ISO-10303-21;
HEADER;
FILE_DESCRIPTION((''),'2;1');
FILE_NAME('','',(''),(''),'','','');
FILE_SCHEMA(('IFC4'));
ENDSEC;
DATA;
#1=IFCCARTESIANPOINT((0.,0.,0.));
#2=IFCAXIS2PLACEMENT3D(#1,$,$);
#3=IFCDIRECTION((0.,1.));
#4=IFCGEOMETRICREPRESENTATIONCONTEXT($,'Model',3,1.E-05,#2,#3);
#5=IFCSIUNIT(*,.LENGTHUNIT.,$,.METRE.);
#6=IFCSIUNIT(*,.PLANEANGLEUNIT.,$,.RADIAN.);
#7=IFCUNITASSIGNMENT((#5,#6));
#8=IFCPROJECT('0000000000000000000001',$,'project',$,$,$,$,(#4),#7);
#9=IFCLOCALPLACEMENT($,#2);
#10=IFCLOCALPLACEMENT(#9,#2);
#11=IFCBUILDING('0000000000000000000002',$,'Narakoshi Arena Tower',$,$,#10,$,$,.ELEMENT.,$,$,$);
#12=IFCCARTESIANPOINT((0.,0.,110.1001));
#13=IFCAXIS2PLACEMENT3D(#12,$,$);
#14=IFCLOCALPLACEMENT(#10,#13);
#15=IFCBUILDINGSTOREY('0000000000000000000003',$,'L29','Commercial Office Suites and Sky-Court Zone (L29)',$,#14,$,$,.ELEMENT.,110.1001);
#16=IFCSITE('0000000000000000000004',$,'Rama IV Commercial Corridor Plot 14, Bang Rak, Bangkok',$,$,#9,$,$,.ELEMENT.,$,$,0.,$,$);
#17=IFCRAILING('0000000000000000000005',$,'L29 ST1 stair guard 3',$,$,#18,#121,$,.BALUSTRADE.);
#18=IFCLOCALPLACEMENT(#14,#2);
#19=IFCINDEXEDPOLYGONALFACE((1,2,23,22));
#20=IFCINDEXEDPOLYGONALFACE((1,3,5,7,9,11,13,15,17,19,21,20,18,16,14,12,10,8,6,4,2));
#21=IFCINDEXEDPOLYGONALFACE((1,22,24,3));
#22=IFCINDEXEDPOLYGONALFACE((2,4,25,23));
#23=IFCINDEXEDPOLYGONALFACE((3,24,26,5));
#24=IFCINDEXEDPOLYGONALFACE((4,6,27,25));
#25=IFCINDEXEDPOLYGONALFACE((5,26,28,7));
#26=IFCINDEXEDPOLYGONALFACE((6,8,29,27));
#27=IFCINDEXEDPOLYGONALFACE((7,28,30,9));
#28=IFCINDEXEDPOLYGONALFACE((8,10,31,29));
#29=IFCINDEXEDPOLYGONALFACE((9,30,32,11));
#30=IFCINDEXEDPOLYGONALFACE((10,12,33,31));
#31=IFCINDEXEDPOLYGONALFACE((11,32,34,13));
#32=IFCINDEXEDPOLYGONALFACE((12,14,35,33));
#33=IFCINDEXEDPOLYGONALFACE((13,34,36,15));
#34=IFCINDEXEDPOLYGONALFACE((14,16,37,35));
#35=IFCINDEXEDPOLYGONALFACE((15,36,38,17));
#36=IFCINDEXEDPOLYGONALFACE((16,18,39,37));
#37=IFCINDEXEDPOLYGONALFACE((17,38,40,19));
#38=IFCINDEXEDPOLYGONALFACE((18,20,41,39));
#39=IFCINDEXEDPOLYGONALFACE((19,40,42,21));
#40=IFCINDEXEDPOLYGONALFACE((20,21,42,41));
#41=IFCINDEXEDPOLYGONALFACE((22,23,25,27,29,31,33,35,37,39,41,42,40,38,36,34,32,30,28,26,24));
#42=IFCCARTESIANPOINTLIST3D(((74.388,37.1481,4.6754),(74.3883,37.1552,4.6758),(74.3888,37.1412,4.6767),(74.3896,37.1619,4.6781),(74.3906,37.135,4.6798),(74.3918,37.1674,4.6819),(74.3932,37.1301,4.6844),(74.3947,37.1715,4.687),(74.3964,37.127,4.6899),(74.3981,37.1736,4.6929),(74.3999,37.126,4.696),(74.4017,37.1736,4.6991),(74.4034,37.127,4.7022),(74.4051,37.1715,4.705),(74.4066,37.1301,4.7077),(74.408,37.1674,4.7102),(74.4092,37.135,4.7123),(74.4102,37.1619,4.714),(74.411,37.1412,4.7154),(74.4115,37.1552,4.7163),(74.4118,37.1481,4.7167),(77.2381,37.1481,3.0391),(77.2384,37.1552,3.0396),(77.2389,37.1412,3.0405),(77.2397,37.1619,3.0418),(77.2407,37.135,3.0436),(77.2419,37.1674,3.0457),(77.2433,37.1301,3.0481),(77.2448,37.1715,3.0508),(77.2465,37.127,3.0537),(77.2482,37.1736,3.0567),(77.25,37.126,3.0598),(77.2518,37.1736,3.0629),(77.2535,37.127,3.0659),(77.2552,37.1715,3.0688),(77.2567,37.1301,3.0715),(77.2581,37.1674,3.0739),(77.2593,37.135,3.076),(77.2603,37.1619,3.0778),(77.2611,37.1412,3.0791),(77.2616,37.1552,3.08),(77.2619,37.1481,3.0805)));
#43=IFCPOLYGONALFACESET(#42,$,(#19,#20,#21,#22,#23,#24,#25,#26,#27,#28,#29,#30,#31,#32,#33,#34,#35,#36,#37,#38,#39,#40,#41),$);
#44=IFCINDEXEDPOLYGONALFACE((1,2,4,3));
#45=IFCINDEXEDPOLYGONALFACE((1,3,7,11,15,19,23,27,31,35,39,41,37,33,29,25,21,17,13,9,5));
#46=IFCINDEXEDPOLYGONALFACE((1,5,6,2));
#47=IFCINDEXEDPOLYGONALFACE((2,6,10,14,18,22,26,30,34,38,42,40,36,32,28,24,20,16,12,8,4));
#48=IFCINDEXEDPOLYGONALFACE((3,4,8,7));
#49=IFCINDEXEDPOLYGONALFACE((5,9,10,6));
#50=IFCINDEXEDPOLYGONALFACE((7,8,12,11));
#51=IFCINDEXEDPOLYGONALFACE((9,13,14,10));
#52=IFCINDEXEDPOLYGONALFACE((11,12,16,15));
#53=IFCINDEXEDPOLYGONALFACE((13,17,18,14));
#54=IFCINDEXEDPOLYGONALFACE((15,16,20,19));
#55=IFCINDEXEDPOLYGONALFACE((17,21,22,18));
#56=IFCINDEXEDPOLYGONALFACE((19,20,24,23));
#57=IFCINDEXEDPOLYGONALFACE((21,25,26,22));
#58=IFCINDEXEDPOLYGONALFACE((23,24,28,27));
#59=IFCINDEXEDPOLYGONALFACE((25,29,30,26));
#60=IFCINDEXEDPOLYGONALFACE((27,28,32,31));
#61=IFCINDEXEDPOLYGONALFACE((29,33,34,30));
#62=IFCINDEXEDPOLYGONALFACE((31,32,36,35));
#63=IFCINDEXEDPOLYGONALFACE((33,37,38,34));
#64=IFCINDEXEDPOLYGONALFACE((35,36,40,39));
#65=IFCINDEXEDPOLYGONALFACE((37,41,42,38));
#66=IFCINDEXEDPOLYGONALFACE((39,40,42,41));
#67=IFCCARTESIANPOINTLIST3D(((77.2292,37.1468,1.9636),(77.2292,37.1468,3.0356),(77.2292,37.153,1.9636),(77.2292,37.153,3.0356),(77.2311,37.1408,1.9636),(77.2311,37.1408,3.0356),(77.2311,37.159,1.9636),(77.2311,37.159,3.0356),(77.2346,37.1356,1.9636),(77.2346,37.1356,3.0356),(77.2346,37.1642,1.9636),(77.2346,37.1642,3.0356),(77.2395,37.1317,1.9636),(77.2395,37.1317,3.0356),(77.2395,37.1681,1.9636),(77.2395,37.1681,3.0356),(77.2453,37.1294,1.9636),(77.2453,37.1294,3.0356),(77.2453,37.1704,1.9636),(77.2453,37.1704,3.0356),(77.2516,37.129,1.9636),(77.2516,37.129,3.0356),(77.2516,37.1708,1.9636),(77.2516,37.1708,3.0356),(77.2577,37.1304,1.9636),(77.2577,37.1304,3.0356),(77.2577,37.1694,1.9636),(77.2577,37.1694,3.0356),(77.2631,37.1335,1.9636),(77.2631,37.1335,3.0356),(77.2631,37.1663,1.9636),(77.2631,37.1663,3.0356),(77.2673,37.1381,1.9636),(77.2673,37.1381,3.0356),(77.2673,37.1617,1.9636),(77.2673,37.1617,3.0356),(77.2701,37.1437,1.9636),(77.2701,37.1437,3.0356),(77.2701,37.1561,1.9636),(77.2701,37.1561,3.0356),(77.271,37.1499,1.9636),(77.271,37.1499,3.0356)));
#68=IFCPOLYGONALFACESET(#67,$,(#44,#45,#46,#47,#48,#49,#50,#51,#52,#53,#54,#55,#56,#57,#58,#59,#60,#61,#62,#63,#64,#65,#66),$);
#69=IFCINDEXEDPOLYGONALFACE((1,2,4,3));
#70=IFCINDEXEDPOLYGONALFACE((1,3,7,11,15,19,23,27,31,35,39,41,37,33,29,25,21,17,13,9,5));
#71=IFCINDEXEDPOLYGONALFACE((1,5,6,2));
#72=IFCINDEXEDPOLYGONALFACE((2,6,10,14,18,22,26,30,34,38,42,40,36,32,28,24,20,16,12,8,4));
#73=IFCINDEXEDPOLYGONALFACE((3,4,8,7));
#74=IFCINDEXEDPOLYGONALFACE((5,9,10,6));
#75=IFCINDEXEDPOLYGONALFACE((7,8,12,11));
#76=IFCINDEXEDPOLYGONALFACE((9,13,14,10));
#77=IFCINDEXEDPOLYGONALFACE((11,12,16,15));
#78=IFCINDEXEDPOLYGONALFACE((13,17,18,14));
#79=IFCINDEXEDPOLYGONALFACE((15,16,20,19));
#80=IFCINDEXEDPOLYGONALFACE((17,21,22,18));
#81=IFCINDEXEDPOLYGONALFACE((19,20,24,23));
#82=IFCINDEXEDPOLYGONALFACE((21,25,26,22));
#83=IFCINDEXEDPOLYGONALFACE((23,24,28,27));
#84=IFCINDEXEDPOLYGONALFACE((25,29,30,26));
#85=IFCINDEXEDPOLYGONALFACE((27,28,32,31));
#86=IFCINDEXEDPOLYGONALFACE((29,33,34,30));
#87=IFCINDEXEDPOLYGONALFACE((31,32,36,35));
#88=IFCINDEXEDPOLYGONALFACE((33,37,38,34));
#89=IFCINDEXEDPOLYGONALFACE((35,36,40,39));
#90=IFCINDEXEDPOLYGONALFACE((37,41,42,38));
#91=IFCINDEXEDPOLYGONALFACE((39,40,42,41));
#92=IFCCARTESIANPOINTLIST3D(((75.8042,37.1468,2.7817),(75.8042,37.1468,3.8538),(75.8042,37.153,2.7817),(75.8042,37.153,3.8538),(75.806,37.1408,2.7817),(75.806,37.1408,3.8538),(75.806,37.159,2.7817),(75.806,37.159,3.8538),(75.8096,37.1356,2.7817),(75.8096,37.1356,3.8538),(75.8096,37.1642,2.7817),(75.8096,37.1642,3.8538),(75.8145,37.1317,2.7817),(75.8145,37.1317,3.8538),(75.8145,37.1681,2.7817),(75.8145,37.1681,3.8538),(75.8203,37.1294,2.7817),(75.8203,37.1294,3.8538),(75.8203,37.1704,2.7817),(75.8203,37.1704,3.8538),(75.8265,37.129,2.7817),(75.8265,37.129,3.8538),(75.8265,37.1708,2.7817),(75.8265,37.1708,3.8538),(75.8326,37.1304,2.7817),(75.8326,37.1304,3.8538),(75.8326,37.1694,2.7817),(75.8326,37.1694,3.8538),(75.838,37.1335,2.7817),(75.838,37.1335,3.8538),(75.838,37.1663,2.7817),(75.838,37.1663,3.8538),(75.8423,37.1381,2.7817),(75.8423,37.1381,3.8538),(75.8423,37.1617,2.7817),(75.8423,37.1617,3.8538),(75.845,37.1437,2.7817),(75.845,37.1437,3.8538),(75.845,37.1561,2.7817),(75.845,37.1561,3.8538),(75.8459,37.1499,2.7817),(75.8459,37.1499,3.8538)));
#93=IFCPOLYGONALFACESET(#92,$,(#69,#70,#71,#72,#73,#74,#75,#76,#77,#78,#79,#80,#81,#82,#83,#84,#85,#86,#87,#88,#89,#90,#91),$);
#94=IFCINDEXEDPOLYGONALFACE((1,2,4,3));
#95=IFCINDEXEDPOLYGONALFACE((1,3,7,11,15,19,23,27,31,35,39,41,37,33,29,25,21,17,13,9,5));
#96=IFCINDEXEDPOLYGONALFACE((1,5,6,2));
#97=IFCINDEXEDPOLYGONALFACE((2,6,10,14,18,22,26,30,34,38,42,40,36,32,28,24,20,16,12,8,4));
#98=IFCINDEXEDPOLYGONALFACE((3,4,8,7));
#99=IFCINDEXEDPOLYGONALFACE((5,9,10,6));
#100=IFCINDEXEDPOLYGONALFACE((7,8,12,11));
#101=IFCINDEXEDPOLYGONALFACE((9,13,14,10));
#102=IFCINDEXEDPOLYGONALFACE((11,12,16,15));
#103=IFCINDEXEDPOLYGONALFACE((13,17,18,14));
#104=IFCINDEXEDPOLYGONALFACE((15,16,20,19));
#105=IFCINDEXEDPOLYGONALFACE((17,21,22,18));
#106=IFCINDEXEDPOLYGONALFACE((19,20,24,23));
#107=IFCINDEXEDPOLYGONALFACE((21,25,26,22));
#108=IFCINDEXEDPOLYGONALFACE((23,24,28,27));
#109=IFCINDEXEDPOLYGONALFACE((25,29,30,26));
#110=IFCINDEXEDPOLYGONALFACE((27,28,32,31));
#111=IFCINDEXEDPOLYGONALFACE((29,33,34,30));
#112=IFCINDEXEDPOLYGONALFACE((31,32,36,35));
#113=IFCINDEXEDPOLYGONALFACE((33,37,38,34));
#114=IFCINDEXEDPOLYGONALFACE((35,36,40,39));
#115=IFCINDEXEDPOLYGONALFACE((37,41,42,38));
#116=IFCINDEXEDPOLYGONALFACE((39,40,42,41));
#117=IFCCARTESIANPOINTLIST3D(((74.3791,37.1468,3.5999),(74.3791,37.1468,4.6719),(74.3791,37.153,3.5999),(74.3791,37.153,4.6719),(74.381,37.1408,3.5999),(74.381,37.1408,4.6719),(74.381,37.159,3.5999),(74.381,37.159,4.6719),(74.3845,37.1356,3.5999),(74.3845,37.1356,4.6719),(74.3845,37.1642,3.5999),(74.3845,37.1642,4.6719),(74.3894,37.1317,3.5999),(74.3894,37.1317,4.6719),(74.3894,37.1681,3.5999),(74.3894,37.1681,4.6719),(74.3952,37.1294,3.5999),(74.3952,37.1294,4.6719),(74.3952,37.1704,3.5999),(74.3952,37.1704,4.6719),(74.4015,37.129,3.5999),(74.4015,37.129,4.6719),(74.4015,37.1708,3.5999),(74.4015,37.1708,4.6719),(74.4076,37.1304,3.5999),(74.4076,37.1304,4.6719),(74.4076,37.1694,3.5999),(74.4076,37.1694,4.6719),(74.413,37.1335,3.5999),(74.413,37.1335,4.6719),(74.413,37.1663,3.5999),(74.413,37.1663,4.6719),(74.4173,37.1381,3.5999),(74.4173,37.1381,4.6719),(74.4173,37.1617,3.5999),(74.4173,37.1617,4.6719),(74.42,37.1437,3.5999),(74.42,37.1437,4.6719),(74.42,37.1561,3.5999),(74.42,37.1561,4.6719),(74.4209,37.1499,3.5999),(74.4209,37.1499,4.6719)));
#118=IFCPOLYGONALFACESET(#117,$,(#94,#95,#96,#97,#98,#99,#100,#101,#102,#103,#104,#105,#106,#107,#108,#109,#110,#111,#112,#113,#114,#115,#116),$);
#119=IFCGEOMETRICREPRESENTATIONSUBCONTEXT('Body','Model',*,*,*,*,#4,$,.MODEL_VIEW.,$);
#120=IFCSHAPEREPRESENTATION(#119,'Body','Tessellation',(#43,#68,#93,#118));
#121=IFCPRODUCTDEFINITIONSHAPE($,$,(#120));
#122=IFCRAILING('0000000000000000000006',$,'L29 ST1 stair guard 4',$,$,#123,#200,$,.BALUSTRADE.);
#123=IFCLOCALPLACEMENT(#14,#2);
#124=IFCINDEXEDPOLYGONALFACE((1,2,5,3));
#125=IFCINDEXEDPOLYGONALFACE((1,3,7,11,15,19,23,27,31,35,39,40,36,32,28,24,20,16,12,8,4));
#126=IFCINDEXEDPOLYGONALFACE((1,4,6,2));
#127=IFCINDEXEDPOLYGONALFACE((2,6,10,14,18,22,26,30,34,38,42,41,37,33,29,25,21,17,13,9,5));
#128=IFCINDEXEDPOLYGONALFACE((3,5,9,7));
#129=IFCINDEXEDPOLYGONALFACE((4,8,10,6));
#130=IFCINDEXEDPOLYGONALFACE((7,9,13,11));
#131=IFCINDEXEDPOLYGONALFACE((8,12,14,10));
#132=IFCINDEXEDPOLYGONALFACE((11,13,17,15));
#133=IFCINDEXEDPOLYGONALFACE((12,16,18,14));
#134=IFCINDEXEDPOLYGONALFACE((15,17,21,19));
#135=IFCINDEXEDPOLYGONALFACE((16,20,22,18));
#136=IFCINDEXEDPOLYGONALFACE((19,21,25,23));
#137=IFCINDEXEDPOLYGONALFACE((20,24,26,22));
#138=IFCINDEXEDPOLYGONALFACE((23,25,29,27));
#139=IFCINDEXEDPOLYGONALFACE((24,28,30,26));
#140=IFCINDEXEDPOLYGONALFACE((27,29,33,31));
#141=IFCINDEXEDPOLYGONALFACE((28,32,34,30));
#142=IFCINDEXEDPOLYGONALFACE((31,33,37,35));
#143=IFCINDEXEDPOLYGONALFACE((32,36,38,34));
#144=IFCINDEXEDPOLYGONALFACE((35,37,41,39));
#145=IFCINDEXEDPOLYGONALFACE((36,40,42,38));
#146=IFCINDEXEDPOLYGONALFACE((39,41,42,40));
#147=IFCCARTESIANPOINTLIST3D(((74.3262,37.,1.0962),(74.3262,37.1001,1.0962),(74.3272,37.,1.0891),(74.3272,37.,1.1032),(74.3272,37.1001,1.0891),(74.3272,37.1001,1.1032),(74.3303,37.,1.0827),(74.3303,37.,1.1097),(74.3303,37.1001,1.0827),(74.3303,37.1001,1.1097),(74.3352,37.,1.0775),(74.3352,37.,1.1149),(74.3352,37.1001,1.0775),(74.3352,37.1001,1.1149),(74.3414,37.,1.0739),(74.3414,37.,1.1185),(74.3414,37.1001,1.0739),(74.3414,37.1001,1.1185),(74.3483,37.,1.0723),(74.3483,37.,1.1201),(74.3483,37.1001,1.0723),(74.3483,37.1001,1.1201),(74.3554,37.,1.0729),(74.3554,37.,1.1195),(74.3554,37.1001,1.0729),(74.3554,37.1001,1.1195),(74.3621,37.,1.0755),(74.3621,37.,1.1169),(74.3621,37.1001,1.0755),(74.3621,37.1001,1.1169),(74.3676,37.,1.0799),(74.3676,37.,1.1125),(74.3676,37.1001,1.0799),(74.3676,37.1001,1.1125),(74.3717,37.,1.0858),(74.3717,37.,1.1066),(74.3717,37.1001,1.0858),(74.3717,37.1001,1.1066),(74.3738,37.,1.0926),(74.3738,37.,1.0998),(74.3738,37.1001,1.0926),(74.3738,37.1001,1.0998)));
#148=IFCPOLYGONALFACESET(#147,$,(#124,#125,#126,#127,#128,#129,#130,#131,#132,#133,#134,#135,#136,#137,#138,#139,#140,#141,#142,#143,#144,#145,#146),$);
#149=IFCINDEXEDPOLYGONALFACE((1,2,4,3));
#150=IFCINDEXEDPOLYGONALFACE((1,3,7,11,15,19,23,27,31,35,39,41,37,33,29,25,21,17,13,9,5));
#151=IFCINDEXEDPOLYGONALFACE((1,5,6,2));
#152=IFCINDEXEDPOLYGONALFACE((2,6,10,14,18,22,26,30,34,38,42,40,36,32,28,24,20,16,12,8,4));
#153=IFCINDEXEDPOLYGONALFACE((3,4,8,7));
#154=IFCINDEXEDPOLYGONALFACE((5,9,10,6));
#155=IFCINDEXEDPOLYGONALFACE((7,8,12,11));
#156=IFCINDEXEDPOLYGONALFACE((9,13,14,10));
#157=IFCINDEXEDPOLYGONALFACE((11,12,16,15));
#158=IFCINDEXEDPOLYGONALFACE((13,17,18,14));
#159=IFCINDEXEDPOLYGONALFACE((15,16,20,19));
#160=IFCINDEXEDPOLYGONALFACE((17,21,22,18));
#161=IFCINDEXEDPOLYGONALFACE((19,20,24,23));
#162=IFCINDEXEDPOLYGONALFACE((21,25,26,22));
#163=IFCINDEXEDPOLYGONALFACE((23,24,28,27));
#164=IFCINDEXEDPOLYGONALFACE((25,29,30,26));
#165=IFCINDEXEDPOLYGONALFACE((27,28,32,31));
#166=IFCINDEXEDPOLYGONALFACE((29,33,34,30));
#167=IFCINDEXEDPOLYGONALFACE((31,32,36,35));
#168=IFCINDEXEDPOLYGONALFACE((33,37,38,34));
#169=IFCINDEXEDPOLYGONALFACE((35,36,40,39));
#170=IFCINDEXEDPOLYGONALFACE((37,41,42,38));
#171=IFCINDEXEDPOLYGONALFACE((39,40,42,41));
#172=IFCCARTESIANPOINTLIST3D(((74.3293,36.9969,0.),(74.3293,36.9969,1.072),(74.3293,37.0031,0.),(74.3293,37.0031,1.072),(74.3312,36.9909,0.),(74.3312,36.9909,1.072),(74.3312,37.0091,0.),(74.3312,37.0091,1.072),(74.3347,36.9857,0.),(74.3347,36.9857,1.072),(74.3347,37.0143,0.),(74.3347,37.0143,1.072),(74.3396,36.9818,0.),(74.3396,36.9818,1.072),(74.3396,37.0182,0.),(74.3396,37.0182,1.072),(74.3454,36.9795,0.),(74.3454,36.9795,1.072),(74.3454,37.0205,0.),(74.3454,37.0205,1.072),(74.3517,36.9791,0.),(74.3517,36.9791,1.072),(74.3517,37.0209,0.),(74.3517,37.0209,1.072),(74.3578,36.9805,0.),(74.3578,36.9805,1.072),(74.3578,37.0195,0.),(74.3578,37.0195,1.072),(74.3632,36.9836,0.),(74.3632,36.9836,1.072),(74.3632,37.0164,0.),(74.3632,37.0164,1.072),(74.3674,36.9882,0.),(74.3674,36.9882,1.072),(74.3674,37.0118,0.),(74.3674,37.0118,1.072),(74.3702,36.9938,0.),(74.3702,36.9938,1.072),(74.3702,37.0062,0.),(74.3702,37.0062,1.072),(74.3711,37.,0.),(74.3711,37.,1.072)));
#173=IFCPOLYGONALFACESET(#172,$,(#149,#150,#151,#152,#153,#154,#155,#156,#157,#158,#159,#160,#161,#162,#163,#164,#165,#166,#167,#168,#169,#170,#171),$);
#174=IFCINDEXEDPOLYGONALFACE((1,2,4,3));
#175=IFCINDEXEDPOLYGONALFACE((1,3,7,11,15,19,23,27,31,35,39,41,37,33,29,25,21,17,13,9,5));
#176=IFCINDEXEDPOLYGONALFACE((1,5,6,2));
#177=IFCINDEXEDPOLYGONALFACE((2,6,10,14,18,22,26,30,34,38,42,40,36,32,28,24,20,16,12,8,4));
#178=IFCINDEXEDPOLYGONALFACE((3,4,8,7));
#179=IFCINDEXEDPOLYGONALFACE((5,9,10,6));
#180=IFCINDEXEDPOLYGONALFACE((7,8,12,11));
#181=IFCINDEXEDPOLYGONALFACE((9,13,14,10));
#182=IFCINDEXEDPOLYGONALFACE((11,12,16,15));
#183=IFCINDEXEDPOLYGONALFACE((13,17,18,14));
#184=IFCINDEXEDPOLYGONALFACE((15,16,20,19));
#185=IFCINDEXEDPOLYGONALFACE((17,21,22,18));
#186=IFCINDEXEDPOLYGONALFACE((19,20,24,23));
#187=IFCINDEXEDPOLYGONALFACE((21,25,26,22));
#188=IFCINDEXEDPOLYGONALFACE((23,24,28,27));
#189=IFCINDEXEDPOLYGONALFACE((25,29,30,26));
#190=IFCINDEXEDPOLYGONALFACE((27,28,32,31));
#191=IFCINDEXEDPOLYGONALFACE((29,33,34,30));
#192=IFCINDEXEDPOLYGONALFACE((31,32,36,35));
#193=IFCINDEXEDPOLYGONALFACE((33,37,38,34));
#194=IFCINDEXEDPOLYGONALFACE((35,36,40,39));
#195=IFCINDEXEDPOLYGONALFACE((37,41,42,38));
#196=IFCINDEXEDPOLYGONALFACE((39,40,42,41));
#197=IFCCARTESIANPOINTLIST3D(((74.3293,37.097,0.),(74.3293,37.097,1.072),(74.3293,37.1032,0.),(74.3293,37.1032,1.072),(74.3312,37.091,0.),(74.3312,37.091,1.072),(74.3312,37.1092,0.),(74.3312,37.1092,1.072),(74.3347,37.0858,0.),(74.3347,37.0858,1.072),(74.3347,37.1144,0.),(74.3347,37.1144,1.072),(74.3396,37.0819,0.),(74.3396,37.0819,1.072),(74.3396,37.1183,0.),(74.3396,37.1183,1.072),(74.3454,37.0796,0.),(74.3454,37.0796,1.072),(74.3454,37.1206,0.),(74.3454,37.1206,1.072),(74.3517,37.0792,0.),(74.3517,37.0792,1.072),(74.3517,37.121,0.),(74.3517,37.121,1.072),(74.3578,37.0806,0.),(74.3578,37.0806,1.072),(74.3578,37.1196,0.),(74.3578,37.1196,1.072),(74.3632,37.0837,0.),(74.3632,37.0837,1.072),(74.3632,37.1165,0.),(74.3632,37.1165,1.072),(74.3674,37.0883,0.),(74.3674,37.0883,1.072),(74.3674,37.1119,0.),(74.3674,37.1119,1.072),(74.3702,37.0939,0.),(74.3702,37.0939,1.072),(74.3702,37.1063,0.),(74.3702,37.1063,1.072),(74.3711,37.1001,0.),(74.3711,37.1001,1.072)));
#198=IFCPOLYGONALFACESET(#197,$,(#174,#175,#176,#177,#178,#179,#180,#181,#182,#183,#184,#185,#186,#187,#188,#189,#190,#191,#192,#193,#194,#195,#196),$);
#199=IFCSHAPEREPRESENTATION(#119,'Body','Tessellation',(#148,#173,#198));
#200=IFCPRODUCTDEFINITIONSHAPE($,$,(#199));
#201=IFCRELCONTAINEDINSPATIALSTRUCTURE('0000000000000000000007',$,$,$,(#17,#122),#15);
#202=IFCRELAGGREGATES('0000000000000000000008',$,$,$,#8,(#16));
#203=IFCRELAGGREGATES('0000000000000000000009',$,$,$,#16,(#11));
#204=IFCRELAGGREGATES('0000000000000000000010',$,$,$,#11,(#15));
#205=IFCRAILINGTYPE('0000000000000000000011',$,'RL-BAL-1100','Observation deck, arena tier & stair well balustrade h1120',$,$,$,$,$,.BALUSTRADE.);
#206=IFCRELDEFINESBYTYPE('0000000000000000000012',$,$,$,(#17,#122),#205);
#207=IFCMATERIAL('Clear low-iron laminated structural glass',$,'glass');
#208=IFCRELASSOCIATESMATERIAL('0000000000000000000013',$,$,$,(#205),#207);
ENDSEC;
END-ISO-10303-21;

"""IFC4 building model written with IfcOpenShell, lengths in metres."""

from ifc_helpers import new_model, si_unit, direction, frame, origin, origin_2d, place, context, subcontext, project, spatial, circle, extrude, material, type_object, element, save


model = new_model("IFC4")

# Units and contexts
model_context = context("Model", 3, precision=1e-05, world=origin(), true_north=direction((0.0, 1.0)))
body_context = subcontext(model_context, "Body", "Model", "MODEL_VIEW")
ifc_project = project(units=[si_unit("LENGTHUNIT", "METRE"), si_unit("PLANEANGLEUNIT", "RADIAN")], contexts=[model_context])

# Site, building, storey
site_placement = place(None, origin())
site = spatial("IfcSite", under=ifc_project, at=site_placement, Name="Rama IV Commercial Corridor Plot 14, Bang Rak, Bangkok", CompositionType="ELEMENT", RefElevation=0.0)
building_placement = place(site_placement, origin())
building = spatial("IfcBuilding", under=site, at=building_placement, Name="Narakoshi Arena Tower", CompositionType="ELEMENT")
storey_placement = place(building_placement, frame((0.0, 0.0, 110.1001)))
storey = spatial("IfcBuildingStorey", under=building, at=storey_placement, Name="L29", Description="Commercial Office Suites and Sky-Court Zone (L29)", CompositionType="ELEMENT", Elevation=110.1001)

# Railings
ifc_material_1 = material(Name="Clear low-iron laminated structural glass", Category="glass")
railing_type_1 = type_object("IfcRailingType", Name="RL-BAL-1100", Description="Observation deck, arena tier & stair well balustrade h1120", PredefinedType="BALUSTRADE", material=ifc_material_1)
railing_1_placement = place(storey_placement, frame((77.25, 37.1499, 1.9636)))
element("IfcRailing", 1, at=railing_1_placement, inside=storey, type_object=railing_type_1, Name="L29 ST1 stair guard 3", PredefinedType="BALUSTRADE", context=body_context, shape_type="SweptSolid", body=[
    extrude(circle(Radius=0.0239, at=origin_2d()), frame((0.0, 0.0, 1.0962), z_axis=(-0.867245, 0.0, 0.497882), x_axis=(0.0, -1.0, 0.0)), (0.0, 0.0, 1.0), 3.2864),
    extrude(circle(Radius=0.021, at=origin_2d()), origin(), (0.0, 0.0, 1.0), 1.072),
    extrude(circle(Radius=0.021, at=origin_2d()), frame((-1.425, 0.0, 0.8181)), (0.0, 0.0, 1.0), 1.072),
    extrude(circle(Radius=0.021, at=origin_2d()), frame((-2.8501, 0.0, 1.6362)), (0.0, 0.0, 1.0), 1.072),
])
railing_2_placement = place(storey_placement, frame((74.3501, 37.0, 0.0)))
element("IfcRailing", 2, at=railing_2_placement, inside=storey, type_object=railing_type_1, Name="L29 ST1 stair guard 4", PredefinedType="BALUSTRADE", context=body_context, shape_type="SweptSolid", body=[
    extrude(circle(Radius=0.0239, at=origin_2d()), frame((0.0, 0.0, 1.0962), z_axis=(0.0, 1.0, 0.0), x_axis=(-1.0, 0.0, 0.0)), (0.0, 0.0, 1.0), 0.1001),
    extrude(circle(Radius=0.021, at=origin_2d()), origin(), (0.0, 0.0, 1.0), 1.072),
    extrude(circle(Radius=0.021, at=origin_2d()), frame((0.0, 0.1001, 0.0)), (0.0, 0.0, 1.0), 1.072),
])

save(model, "model.ifc")
